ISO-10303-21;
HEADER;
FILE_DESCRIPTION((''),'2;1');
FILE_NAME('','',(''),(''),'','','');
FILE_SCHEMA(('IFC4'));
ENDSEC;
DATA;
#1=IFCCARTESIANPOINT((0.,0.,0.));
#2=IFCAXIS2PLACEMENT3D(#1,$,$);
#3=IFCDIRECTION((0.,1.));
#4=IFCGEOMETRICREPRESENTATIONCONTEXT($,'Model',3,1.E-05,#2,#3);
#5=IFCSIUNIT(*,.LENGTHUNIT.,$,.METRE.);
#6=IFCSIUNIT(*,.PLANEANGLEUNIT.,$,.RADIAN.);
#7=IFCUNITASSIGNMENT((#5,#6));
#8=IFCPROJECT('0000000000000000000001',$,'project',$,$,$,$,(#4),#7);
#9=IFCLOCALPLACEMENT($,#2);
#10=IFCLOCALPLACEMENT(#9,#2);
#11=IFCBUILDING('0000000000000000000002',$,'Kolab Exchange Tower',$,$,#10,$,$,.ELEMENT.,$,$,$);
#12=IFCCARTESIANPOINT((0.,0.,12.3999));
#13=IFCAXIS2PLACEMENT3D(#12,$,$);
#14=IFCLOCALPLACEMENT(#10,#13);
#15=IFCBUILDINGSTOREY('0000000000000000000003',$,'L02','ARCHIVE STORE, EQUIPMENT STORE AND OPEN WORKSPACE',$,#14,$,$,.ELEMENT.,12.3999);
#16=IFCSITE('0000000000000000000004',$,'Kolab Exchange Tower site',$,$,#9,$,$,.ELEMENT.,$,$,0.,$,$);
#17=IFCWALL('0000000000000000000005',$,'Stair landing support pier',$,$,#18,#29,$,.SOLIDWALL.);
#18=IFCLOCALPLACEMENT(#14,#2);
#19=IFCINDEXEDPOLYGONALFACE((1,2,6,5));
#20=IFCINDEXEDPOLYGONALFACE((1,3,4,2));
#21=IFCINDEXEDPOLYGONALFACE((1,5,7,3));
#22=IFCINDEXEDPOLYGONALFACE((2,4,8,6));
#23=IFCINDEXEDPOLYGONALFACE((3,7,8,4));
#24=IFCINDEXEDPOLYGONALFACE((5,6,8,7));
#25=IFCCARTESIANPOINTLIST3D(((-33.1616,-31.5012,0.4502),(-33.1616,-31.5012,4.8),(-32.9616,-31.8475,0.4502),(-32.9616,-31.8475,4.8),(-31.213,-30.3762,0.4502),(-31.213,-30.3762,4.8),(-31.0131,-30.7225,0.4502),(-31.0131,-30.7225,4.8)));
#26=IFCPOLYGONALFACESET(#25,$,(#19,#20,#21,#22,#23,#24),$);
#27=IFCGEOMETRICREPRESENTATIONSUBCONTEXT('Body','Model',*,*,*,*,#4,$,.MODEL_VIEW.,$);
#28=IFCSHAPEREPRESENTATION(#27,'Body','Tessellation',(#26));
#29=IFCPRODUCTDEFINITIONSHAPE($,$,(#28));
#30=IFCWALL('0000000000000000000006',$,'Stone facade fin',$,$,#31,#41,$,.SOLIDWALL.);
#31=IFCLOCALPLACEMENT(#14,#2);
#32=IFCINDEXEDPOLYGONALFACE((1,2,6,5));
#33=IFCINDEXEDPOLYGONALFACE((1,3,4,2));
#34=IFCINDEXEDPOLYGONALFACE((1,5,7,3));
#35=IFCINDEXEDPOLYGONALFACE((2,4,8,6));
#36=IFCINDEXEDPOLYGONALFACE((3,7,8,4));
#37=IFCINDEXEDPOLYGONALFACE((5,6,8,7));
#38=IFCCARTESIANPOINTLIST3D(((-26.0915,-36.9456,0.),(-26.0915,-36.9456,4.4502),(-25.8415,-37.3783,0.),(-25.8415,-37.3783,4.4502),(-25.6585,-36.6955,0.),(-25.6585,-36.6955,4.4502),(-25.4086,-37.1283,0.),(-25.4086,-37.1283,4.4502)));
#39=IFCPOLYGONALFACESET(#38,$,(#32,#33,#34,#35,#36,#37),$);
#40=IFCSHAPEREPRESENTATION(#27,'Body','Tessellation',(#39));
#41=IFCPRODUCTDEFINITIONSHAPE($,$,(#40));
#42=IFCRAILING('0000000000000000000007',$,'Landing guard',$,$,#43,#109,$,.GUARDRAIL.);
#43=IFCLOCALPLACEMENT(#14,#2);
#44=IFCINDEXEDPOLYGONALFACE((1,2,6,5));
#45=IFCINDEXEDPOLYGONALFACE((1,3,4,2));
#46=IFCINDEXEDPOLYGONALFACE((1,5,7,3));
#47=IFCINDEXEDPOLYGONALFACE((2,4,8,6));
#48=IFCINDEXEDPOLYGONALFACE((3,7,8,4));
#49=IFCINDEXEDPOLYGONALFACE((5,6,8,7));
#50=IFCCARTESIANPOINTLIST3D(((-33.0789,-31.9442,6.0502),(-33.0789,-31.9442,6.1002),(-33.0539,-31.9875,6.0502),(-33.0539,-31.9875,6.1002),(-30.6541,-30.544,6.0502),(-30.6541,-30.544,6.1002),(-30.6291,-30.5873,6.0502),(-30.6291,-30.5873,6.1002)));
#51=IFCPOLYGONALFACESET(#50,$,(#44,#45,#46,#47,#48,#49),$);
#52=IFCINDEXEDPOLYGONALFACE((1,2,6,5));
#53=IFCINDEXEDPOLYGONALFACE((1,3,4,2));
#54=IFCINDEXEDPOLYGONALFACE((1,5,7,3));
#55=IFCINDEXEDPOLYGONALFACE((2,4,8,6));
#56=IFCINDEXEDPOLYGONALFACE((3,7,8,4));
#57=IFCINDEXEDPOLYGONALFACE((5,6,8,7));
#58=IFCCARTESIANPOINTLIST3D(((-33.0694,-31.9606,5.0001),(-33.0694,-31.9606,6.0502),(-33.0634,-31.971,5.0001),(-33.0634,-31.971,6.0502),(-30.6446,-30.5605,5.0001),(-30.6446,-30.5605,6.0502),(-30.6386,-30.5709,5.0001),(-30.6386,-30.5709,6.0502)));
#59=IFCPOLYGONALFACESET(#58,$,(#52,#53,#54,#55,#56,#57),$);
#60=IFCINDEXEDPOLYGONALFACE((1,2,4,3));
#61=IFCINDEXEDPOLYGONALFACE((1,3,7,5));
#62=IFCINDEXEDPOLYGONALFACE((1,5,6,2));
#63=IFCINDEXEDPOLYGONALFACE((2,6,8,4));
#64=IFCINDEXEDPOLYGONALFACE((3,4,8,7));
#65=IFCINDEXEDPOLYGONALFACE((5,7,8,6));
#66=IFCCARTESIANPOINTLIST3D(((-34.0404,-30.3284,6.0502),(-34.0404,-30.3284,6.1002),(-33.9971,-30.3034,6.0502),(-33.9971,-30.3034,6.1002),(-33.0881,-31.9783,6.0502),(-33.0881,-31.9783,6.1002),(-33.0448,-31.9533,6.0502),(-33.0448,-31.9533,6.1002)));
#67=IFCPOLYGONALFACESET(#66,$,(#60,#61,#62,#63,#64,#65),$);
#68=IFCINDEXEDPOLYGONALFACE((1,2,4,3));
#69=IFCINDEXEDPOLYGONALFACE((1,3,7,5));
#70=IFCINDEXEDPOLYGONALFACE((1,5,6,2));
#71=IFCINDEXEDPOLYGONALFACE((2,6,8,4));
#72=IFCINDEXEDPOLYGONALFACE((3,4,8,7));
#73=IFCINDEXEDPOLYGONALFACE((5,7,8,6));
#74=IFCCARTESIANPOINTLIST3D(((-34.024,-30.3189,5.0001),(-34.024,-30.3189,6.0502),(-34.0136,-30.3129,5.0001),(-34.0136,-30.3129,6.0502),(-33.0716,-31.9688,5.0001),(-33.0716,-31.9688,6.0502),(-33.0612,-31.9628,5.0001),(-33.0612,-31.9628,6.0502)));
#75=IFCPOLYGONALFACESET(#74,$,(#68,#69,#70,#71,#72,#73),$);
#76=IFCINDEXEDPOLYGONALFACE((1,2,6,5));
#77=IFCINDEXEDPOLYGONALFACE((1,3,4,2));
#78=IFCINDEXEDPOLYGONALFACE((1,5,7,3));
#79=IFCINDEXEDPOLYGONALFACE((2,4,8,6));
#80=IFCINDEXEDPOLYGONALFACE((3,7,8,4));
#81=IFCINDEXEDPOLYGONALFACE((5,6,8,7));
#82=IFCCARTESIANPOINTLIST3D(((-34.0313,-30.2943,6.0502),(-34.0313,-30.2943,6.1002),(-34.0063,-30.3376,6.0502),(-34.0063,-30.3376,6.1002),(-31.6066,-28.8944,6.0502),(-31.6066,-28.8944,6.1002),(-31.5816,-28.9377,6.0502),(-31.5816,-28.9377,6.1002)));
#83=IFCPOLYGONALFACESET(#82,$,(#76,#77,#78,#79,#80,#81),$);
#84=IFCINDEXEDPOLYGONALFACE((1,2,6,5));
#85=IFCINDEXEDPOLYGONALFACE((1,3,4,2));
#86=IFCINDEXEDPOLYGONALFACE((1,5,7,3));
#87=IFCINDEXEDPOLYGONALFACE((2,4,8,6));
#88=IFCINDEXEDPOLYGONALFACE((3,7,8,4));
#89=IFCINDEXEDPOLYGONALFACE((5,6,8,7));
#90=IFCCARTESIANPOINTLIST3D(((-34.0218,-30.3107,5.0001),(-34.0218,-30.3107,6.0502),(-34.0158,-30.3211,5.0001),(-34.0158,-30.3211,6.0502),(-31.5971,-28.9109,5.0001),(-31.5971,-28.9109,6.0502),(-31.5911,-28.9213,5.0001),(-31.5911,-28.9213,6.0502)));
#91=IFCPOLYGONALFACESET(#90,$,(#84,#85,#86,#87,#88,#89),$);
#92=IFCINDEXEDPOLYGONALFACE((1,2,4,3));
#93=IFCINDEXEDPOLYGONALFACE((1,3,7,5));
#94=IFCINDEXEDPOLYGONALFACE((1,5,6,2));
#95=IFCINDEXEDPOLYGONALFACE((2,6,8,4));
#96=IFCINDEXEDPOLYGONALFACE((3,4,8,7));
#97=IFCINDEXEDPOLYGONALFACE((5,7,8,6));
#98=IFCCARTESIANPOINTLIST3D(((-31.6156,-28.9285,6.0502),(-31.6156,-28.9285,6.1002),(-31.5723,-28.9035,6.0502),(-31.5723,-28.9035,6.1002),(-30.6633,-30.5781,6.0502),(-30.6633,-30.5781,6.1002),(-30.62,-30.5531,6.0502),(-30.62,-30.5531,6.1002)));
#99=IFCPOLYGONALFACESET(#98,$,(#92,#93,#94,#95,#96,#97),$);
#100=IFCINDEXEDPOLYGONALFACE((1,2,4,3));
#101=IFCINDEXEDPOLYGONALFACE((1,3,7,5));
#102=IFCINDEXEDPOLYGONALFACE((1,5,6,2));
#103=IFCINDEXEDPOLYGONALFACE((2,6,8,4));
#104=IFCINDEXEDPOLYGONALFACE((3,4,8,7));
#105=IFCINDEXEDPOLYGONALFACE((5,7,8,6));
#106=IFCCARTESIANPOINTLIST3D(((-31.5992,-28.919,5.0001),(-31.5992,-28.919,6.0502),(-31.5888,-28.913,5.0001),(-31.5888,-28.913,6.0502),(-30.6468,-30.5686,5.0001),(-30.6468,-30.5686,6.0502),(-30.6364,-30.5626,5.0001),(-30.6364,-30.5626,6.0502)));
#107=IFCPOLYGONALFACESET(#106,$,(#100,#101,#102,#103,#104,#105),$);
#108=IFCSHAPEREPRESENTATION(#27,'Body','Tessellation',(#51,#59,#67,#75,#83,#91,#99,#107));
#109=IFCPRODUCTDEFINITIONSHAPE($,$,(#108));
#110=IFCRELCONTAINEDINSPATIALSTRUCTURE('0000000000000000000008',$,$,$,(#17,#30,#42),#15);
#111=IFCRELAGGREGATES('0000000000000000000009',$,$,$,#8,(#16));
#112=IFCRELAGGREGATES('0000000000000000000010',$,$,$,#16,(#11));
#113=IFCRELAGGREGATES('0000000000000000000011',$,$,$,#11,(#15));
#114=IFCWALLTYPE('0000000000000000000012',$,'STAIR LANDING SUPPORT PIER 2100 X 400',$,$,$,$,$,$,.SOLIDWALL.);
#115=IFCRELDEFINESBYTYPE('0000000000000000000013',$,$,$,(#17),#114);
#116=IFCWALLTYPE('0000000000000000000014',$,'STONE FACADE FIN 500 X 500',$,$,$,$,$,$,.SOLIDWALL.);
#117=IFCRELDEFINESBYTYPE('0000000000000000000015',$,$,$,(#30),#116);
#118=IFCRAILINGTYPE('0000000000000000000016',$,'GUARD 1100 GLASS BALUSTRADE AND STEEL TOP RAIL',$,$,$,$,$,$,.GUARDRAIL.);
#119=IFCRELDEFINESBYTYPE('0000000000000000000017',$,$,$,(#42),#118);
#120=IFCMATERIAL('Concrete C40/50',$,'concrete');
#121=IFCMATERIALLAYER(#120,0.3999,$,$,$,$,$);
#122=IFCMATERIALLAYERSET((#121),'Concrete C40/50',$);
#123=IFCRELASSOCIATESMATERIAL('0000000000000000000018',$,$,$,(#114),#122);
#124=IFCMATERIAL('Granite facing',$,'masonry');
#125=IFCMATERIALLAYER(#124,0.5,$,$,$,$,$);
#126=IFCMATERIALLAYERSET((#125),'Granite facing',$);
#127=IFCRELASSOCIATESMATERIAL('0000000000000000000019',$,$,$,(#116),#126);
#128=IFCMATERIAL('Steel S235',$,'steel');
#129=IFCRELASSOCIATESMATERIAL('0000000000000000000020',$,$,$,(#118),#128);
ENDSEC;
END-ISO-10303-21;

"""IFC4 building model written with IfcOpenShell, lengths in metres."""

from ifc_helpers import new_model, si_unit, direction, frame, frame_2d, origin, origin_2d, place, context, subcontext, project, spatial, rectangle, extrude, material, layer, layer_set, type_object, element, save


model = new_model("IFC4")

# Units and contexts
model_context = context("Model", 3, precision=1e-05, world=origin(), true_north=direction((0.0, 1.0)))
body_context = subcontext(model_context, "Body", "Model", "MODEL_VIEW")
ifc_project = project(units=[si_unit("LENGTHUNIT", "METRE"), si_unit("PLANEANGLEUNIT", "RADIAN")], contexts=[model_context])

# Site, building, storey
site_placement = place(None, origin())
site = spatial("IfcSite", under=ifc_project, at=site_placement, Name="Kolab Exchange Tower site", CompositionType="ELEMENT", RefElevation=0.0)
building_placement = place(site_placement, origin())
building = spatial("IfcBuilding", under=site, at=building_placement, Name="Kolab Exchange Tower", CompositionType="ELEMENT")
storey_placement = place(building_placement, frame((0.0, 0.0, 12.3999)))
storey = spatial("IfcBuildingStorey", under=building, at=storey_placement, Name="L02", Description="ARCHIVE STORE, EQUIPMENT STORE AND OPEN WORKSPACE", CompositionType="ELEMENT", Elevation=12.3999)

# Walls
ifc_material_1 = material(Name="Granite facing", Category="masonry")
ifc_material_2 = material(Name="Concrete C40/50", Category="concrete")
ifc_layer_1 = layer(ifc_material_2, 0.3999)
ifc_layer_set_1 = layer_set([ifc_layer_1], Name="Concrete C40/50")
wall_type_1 = type_object("IfcWallType", Name="STAIR LANDING SUPPORT PIER 2100 X 400", PredefinedType="SOLIDWALL", material=ifc_layer_set_1)
wall_1_placement = place(storey_placement, frame((-31.113, -30.5493, 0.4502), z_axis=(0.0, 0.0, 1.0), x_axis=(-0.866018, -0.500014, 0.0)))
element("IfcWall", 1, at=wall_1_placement, inside=storey, type_object=wall_type_1, Name="Stair landing support pier", PredefinedType="SOLIDWALL", context=body_context, shape_type="SweptSolid", body=[
    extrude(rectangle(XDim=2.25, YDim=0.3999, at=frame_2d((1.125, 0.0))), origin(), (0.0, 0.0, 1.0), 4.3499),
])
ifc_layer_2 = layer(ifc_material_1, 0.5)
ifc_layer_set_2 = layer_set([ifc_layer_2], Name="Granite facing")
wall_type_2 = type_object("IfcWallType", Name="STONE FACADE FIN 500 X 500", PredefinedType="SOLIDWALL", material=ifc_layer_set_2)
wall_2_placement = place(storey_placement, frame((-25.625, -37.2534, 0.0), z_axis=(0.0, 0.0, 1.0), x_axis=(-0.500131, 0.86595, 0.0)))
element("IfcWall", 2, at=wall_2_placement, inside=storey, type_object=wall_type_2, Name="Stone facade fin", PredefinedType="SOLIDWALL", context=body_context, shape_type="SweptSolid", body=[
    extrude(rectangle(XDim=0.4998, YDim=0.5, at=frame_2d((0.25, 0.0))), origin(), (0.0, 0.0, 1.0), 4.4502),
])

# Railing
ifc_material_3 = material(Name="Steel S235", Category="steel")
railing_type = type_object("IfcRailingType", Name="GUARD 1100 GLASS BALUSTRADE AND STEEL TOP RAIL", PredefinedType="GUARDRAIL", material=ifc_material_3)
railing_placement = place(storey_placement, frame((-30.6416, -30.5657, 5.0)))
element("IfcRailing", 3, at=railing_placement, inside=storey, type_object=railing_type, Name="Landing guard", PredefinedType="GUARDRAIL", context=body_context, shape_type="SweptSolid", body=[
    extrude(rectangle(XDim=0.05, YDim=0.05, at=origin_2d()), frame((0.0, 0.0, 1.0752), z_axis=(-0.865997, -0.50005, 0.0), x_axis=(0.50005, -0.865997, 0.0)), (0.0, 0.0, 1.0), 2.8),
    extrude(rectangle(XDim=0.012, YDim=1.0501, at=frame_2d((0.0, 0.5251))), frame((0.0, 0.0, 0.0), z_axis=(-0.865997, -0.50005, 0.0), x_axis=(0.50005, -0.865997, 0.0)), (0.0, 0.0, 1.0), 2.8),
    extrude(rectangle(XDim=0.05, YDim=0.05, at=origin_2d()), frame((-2.4248, -1.4001, 1.0752), z_axis=(-0.49993, 0.866066, 0.0), x_axis=(-0.866066, -0.49993, 0.0)), (0.0, 0.0, 1.0), 1.905),
    extrude(rectangle(XDim=0.012, YDim=1.0501, at=frame_2d((0.0, 0.5251))), frame((-2.4248, -1.4001, 0.0), z_axis=(-0.49993, 0.866066, 0.0), x_axis=(-0.866066, -0.49993, 0.0)), (0.0, 0.0, 1.0), 1.905),
    extrude(rectangle(XDim=0.05, YDim=0.05, at=origin_2d()), frame((-3.3772, 0.2498, 1.0752), z_axis=(0.866035, 0.499984, 0.0), x_axis=(-0.499984, 0.866035, 0.0)), (0.0, 0.0, 1.0), 2.7998),
    extrude(rectangle(XDim=0.012, YDim=1.0501, at=frame_2d((0.0, 0.5251))), frame((-3.3772, 0.2498, 0.0), z_axis=(0.866035, 0.499984, 0.0), x_axis=(-0.499984, 0.866035, 0.0)), (0.0, 0.0, 1.0), 2.7998),
    extrude(rectangle(XDim=0.05, YDim=0.05, at=origin_2d()), frame((-0.9524, 1.6497, 1.0752), z_axis=(0.499985, -0.866034, 0.0), x_axis=(0.866034, 0.499985, 0.0)), (0.0, 0.0, 1.0), 1.9048),
    extrude(rectangle(XDim=0.012, YDim=1.0501, at=frame_2d((0.0, 0.5251))), frame((-0.9524, 1.6497, 0.0), z_axis=(0.499985, -0.866034, 0.0), x_axis=(0.866034, 0.499985, 0.0)), (0.0, 0.0, 1.0), 1.9048),
])

save(model, "model.ifc")
